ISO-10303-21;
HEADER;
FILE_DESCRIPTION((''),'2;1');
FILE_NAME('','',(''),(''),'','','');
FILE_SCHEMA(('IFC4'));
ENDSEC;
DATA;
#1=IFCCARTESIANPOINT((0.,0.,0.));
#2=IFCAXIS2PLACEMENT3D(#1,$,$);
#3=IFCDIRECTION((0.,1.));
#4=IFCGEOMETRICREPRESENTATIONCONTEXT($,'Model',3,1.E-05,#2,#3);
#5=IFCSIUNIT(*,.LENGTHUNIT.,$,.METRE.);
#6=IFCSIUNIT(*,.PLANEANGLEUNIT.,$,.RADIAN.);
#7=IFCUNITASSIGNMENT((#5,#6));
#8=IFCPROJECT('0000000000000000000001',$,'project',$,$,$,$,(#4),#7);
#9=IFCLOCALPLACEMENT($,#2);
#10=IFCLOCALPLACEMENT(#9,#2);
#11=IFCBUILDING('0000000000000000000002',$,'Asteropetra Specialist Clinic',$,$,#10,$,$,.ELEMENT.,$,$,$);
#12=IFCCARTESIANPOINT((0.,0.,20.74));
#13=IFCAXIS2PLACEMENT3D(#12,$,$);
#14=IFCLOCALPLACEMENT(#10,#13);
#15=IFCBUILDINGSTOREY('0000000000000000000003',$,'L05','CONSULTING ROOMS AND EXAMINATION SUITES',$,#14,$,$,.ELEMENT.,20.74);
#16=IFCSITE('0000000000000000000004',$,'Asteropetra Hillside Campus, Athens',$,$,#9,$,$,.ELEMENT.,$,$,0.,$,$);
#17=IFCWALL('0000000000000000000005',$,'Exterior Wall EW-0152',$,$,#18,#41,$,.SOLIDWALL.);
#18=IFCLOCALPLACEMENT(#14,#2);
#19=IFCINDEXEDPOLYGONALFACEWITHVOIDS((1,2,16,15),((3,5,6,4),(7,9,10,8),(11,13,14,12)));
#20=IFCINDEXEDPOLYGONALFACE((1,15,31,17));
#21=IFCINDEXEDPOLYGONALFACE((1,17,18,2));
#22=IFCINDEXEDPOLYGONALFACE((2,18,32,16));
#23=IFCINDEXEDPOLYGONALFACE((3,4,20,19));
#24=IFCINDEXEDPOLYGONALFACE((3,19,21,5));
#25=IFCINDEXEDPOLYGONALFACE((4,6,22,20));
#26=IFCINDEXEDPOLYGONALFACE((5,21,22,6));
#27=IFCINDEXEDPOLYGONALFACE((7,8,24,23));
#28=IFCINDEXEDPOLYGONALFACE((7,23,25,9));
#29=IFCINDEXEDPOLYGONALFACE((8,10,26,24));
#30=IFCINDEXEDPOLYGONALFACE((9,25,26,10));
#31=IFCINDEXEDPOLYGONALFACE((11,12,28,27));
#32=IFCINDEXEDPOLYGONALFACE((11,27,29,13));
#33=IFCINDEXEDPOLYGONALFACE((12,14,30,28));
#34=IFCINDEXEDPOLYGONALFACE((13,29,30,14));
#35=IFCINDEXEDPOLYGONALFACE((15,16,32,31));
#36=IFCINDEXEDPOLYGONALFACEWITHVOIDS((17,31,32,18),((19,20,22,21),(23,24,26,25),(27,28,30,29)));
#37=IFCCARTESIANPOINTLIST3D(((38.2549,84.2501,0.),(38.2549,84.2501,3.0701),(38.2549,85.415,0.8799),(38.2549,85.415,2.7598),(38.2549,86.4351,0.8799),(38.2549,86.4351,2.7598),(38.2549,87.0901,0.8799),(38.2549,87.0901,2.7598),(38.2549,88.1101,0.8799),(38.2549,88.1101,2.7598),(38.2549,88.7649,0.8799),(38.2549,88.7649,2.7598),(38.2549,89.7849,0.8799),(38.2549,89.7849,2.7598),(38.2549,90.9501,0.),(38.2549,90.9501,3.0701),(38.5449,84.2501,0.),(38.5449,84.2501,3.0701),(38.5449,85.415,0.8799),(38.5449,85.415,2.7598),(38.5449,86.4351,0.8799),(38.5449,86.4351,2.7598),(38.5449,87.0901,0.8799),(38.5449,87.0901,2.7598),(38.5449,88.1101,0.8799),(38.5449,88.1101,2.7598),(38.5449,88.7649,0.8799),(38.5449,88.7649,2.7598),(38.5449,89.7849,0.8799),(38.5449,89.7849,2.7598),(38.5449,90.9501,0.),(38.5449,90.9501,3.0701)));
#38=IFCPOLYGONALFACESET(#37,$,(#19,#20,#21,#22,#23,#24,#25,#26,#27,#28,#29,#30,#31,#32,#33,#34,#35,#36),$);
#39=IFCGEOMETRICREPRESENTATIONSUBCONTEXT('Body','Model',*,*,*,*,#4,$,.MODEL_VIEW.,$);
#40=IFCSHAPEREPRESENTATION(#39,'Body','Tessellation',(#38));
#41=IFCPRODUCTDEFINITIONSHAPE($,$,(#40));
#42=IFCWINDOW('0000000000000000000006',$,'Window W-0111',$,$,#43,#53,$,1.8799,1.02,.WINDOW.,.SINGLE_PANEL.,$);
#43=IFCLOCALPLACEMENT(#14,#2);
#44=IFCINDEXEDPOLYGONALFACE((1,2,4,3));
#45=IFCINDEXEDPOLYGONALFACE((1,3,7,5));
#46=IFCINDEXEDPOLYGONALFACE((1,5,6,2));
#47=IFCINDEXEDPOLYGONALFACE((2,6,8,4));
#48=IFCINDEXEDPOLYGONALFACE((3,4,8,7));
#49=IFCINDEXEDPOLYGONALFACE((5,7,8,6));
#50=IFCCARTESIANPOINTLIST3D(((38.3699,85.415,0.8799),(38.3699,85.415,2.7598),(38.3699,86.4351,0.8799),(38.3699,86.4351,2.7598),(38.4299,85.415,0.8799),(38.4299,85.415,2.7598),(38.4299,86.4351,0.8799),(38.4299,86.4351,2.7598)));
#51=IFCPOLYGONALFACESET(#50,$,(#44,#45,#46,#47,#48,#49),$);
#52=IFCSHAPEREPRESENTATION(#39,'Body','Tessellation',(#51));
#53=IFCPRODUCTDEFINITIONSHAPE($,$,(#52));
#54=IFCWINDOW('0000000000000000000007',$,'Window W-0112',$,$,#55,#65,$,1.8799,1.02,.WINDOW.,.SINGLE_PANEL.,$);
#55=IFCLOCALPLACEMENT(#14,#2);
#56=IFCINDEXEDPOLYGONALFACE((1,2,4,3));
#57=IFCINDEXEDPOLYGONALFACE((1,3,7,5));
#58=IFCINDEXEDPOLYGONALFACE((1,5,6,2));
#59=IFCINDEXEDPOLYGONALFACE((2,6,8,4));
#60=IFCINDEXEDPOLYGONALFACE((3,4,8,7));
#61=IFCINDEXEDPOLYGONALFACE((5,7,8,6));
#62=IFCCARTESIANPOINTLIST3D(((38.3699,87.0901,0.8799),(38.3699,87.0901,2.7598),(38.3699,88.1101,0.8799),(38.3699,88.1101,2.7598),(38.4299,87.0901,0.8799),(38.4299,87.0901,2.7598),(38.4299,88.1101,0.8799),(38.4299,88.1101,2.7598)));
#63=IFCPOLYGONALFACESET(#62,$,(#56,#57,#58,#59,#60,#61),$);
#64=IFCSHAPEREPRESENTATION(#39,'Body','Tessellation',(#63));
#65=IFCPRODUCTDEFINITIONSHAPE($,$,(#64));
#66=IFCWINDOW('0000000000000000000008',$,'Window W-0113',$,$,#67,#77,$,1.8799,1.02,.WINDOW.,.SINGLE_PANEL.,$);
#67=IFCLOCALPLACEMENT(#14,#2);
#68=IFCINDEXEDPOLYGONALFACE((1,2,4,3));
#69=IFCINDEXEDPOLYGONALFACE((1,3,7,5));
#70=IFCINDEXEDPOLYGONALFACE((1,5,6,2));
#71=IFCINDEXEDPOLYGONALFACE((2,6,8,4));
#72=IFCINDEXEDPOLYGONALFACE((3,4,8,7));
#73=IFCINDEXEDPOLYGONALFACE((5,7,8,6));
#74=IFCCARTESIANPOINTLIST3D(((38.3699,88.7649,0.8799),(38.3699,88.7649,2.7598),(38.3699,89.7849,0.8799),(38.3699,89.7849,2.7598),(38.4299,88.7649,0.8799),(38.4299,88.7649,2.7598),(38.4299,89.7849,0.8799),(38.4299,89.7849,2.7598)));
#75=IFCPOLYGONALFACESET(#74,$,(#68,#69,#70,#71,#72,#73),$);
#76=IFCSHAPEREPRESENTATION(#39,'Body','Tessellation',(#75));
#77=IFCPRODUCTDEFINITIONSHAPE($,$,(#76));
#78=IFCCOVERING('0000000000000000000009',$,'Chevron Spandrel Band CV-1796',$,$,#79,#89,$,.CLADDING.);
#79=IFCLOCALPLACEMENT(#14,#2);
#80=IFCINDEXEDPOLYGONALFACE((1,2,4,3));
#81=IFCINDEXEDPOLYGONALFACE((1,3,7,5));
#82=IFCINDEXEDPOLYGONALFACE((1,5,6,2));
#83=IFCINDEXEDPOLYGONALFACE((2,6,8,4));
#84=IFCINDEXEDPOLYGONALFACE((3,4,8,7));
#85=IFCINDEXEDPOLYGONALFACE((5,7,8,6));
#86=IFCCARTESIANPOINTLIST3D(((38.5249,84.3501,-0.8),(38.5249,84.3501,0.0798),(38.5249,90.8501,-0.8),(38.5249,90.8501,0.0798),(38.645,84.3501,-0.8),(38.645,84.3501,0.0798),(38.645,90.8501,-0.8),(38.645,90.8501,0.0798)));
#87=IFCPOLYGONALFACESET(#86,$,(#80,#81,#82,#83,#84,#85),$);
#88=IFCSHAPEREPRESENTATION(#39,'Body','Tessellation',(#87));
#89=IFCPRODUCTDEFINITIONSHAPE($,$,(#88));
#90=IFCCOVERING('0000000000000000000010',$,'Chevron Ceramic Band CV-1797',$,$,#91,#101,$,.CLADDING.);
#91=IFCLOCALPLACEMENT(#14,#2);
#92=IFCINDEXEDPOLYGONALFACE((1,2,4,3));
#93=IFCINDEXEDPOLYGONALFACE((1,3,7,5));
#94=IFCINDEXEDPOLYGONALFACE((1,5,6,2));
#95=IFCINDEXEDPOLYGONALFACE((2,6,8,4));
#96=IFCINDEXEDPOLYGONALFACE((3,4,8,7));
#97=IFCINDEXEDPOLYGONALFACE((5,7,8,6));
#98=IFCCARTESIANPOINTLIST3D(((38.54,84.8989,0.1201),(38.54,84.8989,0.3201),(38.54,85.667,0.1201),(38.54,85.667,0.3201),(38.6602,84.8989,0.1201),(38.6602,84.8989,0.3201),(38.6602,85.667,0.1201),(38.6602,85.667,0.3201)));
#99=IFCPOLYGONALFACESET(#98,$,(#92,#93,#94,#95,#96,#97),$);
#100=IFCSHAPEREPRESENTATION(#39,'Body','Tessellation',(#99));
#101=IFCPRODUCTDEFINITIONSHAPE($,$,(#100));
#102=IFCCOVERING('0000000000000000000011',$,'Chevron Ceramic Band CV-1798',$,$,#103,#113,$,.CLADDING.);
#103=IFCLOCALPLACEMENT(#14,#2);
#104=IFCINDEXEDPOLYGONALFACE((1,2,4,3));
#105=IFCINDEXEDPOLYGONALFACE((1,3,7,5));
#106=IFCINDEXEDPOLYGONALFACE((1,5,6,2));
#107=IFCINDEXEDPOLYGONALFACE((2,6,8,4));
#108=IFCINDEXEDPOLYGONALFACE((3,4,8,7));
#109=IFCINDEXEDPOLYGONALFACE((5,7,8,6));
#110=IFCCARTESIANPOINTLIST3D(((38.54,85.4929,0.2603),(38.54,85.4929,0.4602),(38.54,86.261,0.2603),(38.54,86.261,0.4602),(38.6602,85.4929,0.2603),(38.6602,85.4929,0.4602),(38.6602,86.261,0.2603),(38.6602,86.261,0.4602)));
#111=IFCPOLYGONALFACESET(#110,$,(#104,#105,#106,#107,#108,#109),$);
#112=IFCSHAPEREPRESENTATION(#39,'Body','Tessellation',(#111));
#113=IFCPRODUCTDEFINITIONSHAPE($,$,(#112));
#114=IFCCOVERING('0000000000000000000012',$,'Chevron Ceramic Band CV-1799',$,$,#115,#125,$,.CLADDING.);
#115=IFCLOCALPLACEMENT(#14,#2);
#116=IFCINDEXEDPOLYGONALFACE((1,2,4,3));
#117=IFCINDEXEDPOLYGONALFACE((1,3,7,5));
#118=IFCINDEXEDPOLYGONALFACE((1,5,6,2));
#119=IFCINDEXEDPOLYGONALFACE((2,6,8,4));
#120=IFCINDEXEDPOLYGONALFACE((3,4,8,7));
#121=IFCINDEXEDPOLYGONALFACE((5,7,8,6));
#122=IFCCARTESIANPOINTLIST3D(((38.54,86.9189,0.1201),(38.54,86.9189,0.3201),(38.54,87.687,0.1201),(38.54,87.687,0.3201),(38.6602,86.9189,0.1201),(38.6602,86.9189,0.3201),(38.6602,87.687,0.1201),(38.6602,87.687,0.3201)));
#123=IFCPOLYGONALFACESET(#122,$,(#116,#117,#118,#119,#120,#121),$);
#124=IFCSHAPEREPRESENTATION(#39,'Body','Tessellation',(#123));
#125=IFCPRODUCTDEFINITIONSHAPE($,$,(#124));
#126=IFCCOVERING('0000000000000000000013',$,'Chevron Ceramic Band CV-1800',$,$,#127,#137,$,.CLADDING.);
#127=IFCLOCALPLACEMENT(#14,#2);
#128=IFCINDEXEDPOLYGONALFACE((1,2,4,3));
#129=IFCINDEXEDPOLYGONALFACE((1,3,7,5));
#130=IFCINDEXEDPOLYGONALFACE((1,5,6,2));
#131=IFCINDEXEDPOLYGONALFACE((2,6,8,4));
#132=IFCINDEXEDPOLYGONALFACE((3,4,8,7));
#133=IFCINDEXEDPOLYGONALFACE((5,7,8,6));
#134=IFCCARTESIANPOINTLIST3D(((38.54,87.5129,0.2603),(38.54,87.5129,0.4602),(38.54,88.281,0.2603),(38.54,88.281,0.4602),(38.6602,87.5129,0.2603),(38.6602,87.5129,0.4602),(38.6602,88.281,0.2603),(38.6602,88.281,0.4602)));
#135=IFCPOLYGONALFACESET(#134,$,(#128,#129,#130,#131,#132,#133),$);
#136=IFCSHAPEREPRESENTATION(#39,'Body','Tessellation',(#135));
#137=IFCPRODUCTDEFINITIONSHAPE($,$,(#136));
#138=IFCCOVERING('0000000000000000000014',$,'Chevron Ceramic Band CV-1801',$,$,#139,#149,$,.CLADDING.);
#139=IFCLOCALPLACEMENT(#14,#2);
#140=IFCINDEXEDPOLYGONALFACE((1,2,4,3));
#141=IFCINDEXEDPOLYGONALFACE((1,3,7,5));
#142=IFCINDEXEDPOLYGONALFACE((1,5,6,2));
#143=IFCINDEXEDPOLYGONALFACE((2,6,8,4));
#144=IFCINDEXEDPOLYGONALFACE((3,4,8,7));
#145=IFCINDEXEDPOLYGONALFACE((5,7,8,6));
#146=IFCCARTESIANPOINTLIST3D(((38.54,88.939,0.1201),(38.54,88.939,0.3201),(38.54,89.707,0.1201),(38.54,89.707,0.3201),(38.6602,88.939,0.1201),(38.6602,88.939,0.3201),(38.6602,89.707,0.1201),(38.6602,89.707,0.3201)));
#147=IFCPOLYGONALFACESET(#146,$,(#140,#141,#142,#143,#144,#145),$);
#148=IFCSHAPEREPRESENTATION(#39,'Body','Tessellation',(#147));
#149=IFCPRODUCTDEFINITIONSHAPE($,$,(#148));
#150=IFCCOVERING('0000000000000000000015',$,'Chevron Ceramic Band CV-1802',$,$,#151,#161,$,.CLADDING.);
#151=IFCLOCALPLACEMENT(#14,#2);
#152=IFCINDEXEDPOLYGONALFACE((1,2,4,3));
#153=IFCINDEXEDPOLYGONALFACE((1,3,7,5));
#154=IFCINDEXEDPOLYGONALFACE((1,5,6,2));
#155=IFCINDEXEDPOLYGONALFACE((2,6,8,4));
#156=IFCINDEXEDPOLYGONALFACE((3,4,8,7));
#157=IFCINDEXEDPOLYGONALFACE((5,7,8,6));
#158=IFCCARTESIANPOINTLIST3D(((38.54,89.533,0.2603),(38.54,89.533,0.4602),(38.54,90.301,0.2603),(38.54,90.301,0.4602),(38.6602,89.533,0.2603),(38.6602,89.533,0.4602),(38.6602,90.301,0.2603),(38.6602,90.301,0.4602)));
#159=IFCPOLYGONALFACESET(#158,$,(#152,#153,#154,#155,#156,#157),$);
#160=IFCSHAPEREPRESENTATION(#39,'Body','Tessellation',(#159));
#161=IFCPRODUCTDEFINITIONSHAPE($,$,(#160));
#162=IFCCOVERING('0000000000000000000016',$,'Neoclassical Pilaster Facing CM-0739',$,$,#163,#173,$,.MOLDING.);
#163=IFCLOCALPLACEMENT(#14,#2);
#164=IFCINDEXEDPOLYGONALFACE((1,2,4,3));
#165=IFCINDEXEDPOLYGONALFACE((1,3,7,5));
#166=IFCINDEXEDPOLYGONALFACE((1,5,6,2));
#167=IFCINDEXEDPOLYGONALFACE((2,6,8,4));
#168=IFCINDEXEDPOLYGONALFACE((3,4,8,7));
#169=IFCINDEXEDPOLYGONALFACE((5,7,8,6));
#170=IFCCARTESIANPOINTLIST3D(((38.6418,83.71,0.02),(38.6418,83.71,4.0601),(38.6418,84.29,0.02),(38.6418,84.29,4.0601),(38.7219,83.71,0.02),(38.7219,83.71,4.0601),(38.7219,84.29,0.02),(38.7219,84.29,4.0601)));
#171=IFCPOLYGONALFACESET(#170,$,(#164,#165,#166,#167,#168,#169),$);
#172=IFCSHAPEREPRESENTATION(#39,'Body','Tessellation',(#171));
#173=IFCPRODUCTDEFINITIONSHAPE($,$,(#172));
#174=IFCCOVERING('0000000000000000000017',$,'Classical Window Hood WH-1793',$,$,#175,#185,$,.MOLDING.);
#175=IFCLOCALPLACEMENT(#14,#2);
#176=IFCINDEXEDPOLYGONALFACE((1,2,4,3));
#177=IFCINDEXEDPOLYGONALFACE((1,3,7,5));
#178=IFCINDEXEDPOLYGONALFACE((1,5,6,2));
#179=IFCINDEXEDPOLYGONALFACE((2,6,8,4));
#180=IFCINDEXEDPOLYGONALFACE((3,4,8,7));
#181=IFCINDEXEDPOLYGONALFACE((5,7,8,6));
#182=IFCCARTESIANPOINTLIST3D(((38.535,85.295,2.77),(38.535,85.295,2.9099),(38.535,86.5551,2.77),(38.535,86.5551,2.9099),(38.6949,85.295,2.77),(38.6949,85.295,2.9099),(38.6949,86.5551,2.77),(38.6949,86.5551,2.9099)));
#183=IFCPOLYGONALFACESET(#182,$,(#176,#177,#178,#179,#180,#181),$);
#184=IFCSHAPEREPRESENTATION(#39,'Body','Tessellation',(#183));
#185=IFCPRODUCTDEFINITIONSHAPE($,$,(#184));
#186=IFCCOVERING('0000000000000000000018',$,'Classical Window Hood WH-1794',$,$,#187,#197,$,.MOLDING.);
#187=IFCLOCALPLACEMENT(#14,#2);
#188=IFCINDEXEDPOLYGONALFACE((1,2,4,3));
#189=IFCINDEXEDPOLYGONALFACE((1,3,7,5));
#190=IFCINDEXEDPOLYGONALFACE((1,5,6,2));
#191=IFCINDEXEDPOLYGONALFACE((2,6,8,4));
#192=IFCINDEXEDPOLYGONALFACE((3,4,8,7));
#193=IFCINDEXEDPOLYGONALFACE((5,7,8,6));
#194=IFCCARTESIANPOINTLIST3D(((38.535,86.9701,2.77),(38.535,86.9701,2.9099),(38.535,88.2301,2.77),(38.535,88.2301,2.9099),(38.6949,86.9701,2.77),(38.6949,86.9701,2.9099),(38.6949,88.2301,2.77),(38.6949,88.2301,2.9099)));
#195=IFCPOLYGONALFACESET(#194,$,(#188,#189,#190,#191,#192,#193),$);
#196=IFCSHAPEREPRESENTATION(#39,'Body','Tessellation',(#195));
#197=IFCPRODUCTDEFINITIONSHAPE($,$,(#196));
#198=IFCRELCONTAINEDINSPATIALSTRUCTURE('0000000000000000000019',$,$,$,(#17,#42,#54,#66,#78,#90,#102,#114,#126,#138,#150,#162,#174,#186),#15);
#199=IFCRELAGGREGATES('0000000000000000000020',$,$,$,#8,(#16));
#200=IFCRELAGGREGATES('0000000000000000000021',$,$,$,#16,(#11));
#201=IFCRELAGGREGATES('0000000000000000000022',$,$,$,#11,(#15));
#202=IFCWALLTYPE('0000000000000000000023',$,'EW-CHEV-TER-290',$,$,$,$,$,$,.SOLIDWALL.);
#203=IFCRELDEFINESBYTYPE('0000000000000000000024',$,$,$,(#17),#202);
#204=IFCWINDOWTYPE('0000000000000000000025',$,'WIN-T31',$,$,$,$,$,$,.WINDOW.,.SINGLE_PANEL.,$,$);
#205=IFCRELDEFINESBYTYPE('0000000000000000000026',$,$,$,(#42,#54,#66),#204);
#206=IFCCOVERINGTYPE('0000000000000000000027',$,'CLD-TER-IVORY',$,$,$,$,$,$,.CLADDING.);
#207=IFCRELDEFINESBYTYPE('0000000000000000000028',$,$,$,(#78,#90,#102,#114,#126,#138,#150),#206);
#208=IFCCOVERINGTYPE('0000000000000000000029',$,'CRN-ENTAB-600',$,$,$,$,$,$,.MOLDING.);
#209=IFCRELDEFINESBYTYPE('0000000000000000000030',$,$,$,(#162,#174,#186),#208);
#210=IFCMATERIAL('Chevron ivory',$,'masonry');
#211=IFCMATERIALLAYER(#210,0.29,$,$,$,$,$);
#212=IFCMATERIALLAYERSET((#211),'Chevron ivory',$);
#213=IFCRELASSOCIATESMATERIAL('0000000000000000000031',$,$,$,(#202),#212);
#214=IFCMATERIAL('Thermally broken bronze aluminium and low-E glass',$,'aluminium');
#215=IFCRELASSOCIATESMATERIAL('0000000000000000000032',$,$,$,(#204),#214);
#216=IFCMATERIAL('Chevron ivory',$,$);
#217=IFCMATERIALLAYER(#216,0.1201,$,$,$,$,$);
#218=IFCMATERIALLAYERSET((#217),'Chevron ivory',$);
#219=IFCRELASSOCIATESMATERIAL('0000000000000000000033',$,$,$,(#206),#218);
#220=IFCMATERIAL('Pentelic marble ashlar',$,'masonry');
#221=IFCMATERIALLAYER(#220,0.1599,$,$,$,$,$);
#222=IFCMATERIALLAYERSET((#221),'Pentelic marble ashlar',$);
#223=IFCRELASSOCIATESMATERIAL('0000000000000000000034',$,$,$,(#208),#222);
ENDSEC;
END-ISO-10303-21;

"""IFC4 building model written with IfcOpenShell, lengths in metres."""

from ifc_helpers import new_model, si_unit, direction, frame, frame_2d, origin, origin_2d, place, context, subcontext, project, spatial, rectangle, extrude, material, layer, layer_set, type_object, element, fill, save


model = new_model("IFC4")

# Units and contexts
model_context = context("Model", 3, precision=1e-05, world=origin(), true_north=direction((0.0, 1.0)))
body_context = subcontext(model_context, "Body", "Model", "MODEL_VIEW")
ifc_project = project(units=[si_unit("LENGTHUNIT", "METRE"), si_unit("PLANEANGLEUNIT", "RADIAN")], contexts=[model_context])

# Site, building, storey
site_placement = place(None, origin())
site = spatial("IfcSite", under=ifc_project, at=site_placement, Name="Asteropetra Hillside Campus, Athens", CompositionType="ELEMENT", RefElevation=0.0)
building_placement = place(site_placement, origin())
building = spatial("IfcBuilding", under=site, at=building_placement, Name="Asteropetra Specialist Clinic", CompositionType="ELEMENT")
storey_placement = place(building_placement, frame((0.0, 0.0, 20.74)))
storey = spatial("IfcBuildingStorey", under=building, at=storey_placement, Name="L05", Description="CONSULTING ROOMS AND EXAMINATION SUITES", CompositionType="ELEMENT", Elevation=20.74)

# Wall, openings, windows
ifc_material_1 = material(Name="Chevron ivory", Category="masonry")
ifc_layer_1 = layer(ifc_material_1, 0.29)
ifc_layer_set_1 = layer_set([ifc_layer_1], Name="Chevron ivory")
wall_type = type_object("IfcWallType", Name="EW-CHEV-TER-290", PredefinedType="SOLIDWALL", material=ifc_layer_set_1)
wall_placement = place(storey_placement, frame((38.3999, 84.25, 0.0), z_axis=(0.0, 0.0, 1.0), x_axis=(0.0, 1.0, 0.0)))
wall = element("IfcWall", 1, at=wall_placement, inside=storey, type_object=wall_type, Name="Exterior Wall EW-0152", PredefinedType="SOLIDWALL", context=body_context, shape_type="SweptSolid", body=[
    extrude(rectangle(XDim=6.7, YDim=0.29, at=frame_2d((3.3501, 0.0))), origin(), (0.0, 0.0, 1.0), 3.0701),
])
opening_1_placement = place(wall_placement, frame((1.165, 0.0, 0.8799)))
opening_1 = element("IfcOpeningElement", 2, at=opening_1_placement, cuts=wall, PredefinedType="OPENING", context=body_context, shape_type="SweptSolid", body=[
    extrude(rectangle(XDim=1.02, YDim=1.8799, at=frame_2d((0.51, 0.9399))), frame((0.0, 0.155, 0.0), z_axis=(0.0, -1.0, 0.0), x_axis=(1.0, 0.0, 0.0)), (0.0, 0.0, 1.0), 0.3101),
])
opening_2_placement = place(wall_placement, frame((2.8401, 0.0, 0.8799)))
opening_2 = element("IfcOpeningElement", 3, at=opening_2_placement, cuts=wall, PredefinedType="OPENING", context=body_context, shape_type="SweptSolid", body=[
    extrude(rectangle(XDim=1.02, YDim=1.8799, at=frame_2d((0.51, 0.9399))), frame((0.0, 0.155, 0.0), z_axis=(0.0, -1.0, 0.0), x_axis=(1.0, 0.0, 0.0)), (0.0, 0.0, 1.0), 0.3101),
])
opening_3_placement = place(wall_placement, frame((4.5149, 0.0, 0.8799)))
opening_3 = element("IfcOpeningElement", 4, at=opening_3_placement, cuts=wall, PredefinedType="OPENING", context=body_context, shape_type="SweptSolid", body=[
    extrude(rectangle(XDim=1.02, YDim=1.8799, at=frame_2d((0.51, 0.9399))), frame((0.0, 0.155, 0.0), z_axis=(0.0, -1.0, 0.0), x_axis=(1.0, 0.0, 0.0)), (0.0, 0.0, 1.0), 0.3101),
])
ifc_material_2 = material(Name="Thermally broken bronze aluminium and low-E glass", Category="aluminium")
window_type = type_object("IfcWindowType", Name="WIN-T31", PartitioningType="SINGLE_PANEL", PredefinedType="WINDOW", material=ifc_material_2)
window_1_placement = place(opening_1_placement, origin())
window_1 = element("IfcWindow", 5, at=window_1_placement, inside=storey, type_object=window_type, Name="Window W-0111", OverallHeight=1.8799, OverallWidth=1.02, PartitioningType="SINGLE_PANEL", PredefinedType="WINDOW", context=body_context, shape_type="SweptSolid", body=[
    extrude(rectangle(XDim=1.02, YDim=1.8799, at=frame_2d((0.51, 0.9399))), frame((0.0, 0.03, 0.0), z_axis=(0.0, -1.0, 0.0), x_axis=(1.0, 0.0, 0.0)), (0.0, 0.0, 1.0), 0.0601),
])
fill(opening_1, window_1)
window_2_placement = place(opening_2_placement, origin())
window_2 = element("IfcWindow", 6, at=window_2_placement, inside=storey, type_object=window_type, Name="Window W-0112", OverallHeight=1.8799, OverallWidth=1.02, PartitioningType="SINGLE_PANEL", PredefinedType="WINDOW", context=body_context, shape_type="SweptSolid", body=[
    extrude(rectangle(XDim=1.02, YDim=1.8799, at=frame_2d((0.51, 0.9399))), frame((0.0, 0.03, 0.0), z_axis=(0.0, -1.0, 0.0), x_axis=(1.0, 0.0, 0.0)), (0.0, 0.0, 1.0), 0.0601),
])
fill(opening_2, window_2)
window_3_placement = place(opening_3_placement, origin())
window_3 = element("IfcWindow", 7, at=window_3_placement, inside=storey, type_object=window_type, Name="Window W-0113", OverallHeight=1.8799, OverallWidth=1.02, PartitioningType="SINGLE_PANEL", PredefinedType="WINDOW", context=body_context, shape_type="SweptSolid", body=[
    extrude(rectangle(XDim=1.02, YDim=1.8799, at=frame_2d((0.51, 0.9399))), frame((0.0, 0.03, 0.0), z_axis=(0.0, -1.0, 0.0), x_axis=(1.0, 0.0, 0.0)), (0.0, 0.0, 1.0), 0.0601),
])
fill(opening_3, window_3)

# Coverings
ifc_material_3 = material(Name="Chevron ivory")
ifc_layer_2 = layer(ifc_material_3, 0.1201)
ifc_layer_set_2 = layer_set([ifc_layer_2], Name="Chevron ivory")
covering_type_1 = type_object("IfcCoveringType", Name="CLD-TER-IVORY", PredefinedType="CLADDING", material=ifc_layer_set_2)
covering_1_placement = place(storey_placement, frame((38.585, 87.6001, -0.8), z_axis=(0.0, 0.0, 1.0), x_axis=(1.0, 0.0, 0.0)))
element("IfcCovering", 8, at=covering_1_placement, inside=storey, type_object=covering_type_1, Name="Chevron Spandrel Band CV-1796", PredefinedType="CLADDING", context=body_context, shape_type="SweptSolid", body=[
    extrude(rectangle(XDim=0.1201, YDim=6.5, at=origin_2d()), origin(), (0.0, 0.0, 1.0), 0.8799),
])
for number, where, z_axis, x_axis, name in (
    (9, (38.6001, 85.283, 0.1201), (0.0, 0.0, 1.0), (1.0, 0.0, 0.0), "Chevron Ceramic Band CV-1797"),
    (10, (38.6001, 85.877, 0.2603), (0.0, 0.0, 1.0), (1.0, 0.0, 0.0), "Chevron Ceramic Band CV-1798"),
    (11, (38.6001, 87.303, 0.1201), (0.0, 0.0, 1.0), (1.0, 0.0, 0.0), "Chevron Ceramic Band CV-1799"),
    (12, (38.6001, 87.897, 0.2603), (0.0, 0.0, 1.0), (1.0, 0.0, 0.0), "Chevron Ceramic Band CV-1800"),
    (13, (38.6001, 89.323, 0.1201), (0.0, 0.0, 1.0), (1.0, 0.0, 0.0), "Chevron Ceramic Band CV-1801"),
    (14, (38.6001, 89.917, 0.2603), (0.0, 0.0, 1.0), (1.0, 0.0, 0.0), "Chevron Ceramic Band CV-1802"),
):
    element("IfcCovering", number, at=place(storey_placement, frame(where, z_axis=z_axis, x_axis=x_axis)), inside=storey, type_object=covering_type_1, Name=name, PredefinedType="CLADDING", context=body_context, shape_type="SweptSolid", body=[
        extrude(rectangle(XDim=0.1201, YDim=0.7681, at=origin_2d()), origin(), (0.0, 0.0, 1.0), 0.2),
    ])
ifc_material_4 = material(Name="Pentelic marble ashlar", Category="masonry")
ifc_layer_3 = layer(ifc_material_4, 0.1599)
ifc_layer_set_3 = layer_set([ifc_layer_3], Name="Pentelic marble ashlar")
covering_type_2 = type_object("IfcCoveringType", Name="CRN-ENTAB-600", PredefinedType="MOLDING", material=ifc_layer_set_3)
covering_2_placement = place(storey_placement, frame((38.6819, 84.0, 0.02), z_axis=(0.0, 0.0, 1.0), x_axis=(1.0, 0.0, 0.0)))
element("IfcCovering", 15, at=covering_2_placement, inside=storey, type_object=covering_type_2, Name="Neoclassical Pilaster Facing CM-0739", PredefinedType="MOLDING", context=body_context, shape_type="SweptSolid", body=[
    extrude(rectangle(XDim=0.0801, YDim=0.5801, at=origin_2d()), origin(), (0.0, 0.0, 1.0), 4.04),
])
for number, where, z_axis, x_axis, name in (
    (16, (38.615, 85.925, 2.77), (0.0, 0.0, 1.0), (1.0, 0.0, 0.0), "Classical Window Hood WH-1793"),
    (17, (38.615, 87.6001, 2.77), (0.0, 0.0, 1.0), (1.0, 0.0, 0.0), "Classical Window Hood WH-1794"),
):
    element("IfcCovering", number, at=place(storey_placement, frame(where, z_axis=z_axis, x_axis=x_axis)), inside=storey, type_object=covering_type_2, Name=name, PredefinedType="MOLDING", context=body_context, shape_type="SweptSolid", body=[
        extrude(rectangle(XDim=0.1599, YDim=1.26, at=origin_2d()), origin(), (0.0, 0.0, 1.0), 0.1399),
    ])

save(model, "model.ifc")
